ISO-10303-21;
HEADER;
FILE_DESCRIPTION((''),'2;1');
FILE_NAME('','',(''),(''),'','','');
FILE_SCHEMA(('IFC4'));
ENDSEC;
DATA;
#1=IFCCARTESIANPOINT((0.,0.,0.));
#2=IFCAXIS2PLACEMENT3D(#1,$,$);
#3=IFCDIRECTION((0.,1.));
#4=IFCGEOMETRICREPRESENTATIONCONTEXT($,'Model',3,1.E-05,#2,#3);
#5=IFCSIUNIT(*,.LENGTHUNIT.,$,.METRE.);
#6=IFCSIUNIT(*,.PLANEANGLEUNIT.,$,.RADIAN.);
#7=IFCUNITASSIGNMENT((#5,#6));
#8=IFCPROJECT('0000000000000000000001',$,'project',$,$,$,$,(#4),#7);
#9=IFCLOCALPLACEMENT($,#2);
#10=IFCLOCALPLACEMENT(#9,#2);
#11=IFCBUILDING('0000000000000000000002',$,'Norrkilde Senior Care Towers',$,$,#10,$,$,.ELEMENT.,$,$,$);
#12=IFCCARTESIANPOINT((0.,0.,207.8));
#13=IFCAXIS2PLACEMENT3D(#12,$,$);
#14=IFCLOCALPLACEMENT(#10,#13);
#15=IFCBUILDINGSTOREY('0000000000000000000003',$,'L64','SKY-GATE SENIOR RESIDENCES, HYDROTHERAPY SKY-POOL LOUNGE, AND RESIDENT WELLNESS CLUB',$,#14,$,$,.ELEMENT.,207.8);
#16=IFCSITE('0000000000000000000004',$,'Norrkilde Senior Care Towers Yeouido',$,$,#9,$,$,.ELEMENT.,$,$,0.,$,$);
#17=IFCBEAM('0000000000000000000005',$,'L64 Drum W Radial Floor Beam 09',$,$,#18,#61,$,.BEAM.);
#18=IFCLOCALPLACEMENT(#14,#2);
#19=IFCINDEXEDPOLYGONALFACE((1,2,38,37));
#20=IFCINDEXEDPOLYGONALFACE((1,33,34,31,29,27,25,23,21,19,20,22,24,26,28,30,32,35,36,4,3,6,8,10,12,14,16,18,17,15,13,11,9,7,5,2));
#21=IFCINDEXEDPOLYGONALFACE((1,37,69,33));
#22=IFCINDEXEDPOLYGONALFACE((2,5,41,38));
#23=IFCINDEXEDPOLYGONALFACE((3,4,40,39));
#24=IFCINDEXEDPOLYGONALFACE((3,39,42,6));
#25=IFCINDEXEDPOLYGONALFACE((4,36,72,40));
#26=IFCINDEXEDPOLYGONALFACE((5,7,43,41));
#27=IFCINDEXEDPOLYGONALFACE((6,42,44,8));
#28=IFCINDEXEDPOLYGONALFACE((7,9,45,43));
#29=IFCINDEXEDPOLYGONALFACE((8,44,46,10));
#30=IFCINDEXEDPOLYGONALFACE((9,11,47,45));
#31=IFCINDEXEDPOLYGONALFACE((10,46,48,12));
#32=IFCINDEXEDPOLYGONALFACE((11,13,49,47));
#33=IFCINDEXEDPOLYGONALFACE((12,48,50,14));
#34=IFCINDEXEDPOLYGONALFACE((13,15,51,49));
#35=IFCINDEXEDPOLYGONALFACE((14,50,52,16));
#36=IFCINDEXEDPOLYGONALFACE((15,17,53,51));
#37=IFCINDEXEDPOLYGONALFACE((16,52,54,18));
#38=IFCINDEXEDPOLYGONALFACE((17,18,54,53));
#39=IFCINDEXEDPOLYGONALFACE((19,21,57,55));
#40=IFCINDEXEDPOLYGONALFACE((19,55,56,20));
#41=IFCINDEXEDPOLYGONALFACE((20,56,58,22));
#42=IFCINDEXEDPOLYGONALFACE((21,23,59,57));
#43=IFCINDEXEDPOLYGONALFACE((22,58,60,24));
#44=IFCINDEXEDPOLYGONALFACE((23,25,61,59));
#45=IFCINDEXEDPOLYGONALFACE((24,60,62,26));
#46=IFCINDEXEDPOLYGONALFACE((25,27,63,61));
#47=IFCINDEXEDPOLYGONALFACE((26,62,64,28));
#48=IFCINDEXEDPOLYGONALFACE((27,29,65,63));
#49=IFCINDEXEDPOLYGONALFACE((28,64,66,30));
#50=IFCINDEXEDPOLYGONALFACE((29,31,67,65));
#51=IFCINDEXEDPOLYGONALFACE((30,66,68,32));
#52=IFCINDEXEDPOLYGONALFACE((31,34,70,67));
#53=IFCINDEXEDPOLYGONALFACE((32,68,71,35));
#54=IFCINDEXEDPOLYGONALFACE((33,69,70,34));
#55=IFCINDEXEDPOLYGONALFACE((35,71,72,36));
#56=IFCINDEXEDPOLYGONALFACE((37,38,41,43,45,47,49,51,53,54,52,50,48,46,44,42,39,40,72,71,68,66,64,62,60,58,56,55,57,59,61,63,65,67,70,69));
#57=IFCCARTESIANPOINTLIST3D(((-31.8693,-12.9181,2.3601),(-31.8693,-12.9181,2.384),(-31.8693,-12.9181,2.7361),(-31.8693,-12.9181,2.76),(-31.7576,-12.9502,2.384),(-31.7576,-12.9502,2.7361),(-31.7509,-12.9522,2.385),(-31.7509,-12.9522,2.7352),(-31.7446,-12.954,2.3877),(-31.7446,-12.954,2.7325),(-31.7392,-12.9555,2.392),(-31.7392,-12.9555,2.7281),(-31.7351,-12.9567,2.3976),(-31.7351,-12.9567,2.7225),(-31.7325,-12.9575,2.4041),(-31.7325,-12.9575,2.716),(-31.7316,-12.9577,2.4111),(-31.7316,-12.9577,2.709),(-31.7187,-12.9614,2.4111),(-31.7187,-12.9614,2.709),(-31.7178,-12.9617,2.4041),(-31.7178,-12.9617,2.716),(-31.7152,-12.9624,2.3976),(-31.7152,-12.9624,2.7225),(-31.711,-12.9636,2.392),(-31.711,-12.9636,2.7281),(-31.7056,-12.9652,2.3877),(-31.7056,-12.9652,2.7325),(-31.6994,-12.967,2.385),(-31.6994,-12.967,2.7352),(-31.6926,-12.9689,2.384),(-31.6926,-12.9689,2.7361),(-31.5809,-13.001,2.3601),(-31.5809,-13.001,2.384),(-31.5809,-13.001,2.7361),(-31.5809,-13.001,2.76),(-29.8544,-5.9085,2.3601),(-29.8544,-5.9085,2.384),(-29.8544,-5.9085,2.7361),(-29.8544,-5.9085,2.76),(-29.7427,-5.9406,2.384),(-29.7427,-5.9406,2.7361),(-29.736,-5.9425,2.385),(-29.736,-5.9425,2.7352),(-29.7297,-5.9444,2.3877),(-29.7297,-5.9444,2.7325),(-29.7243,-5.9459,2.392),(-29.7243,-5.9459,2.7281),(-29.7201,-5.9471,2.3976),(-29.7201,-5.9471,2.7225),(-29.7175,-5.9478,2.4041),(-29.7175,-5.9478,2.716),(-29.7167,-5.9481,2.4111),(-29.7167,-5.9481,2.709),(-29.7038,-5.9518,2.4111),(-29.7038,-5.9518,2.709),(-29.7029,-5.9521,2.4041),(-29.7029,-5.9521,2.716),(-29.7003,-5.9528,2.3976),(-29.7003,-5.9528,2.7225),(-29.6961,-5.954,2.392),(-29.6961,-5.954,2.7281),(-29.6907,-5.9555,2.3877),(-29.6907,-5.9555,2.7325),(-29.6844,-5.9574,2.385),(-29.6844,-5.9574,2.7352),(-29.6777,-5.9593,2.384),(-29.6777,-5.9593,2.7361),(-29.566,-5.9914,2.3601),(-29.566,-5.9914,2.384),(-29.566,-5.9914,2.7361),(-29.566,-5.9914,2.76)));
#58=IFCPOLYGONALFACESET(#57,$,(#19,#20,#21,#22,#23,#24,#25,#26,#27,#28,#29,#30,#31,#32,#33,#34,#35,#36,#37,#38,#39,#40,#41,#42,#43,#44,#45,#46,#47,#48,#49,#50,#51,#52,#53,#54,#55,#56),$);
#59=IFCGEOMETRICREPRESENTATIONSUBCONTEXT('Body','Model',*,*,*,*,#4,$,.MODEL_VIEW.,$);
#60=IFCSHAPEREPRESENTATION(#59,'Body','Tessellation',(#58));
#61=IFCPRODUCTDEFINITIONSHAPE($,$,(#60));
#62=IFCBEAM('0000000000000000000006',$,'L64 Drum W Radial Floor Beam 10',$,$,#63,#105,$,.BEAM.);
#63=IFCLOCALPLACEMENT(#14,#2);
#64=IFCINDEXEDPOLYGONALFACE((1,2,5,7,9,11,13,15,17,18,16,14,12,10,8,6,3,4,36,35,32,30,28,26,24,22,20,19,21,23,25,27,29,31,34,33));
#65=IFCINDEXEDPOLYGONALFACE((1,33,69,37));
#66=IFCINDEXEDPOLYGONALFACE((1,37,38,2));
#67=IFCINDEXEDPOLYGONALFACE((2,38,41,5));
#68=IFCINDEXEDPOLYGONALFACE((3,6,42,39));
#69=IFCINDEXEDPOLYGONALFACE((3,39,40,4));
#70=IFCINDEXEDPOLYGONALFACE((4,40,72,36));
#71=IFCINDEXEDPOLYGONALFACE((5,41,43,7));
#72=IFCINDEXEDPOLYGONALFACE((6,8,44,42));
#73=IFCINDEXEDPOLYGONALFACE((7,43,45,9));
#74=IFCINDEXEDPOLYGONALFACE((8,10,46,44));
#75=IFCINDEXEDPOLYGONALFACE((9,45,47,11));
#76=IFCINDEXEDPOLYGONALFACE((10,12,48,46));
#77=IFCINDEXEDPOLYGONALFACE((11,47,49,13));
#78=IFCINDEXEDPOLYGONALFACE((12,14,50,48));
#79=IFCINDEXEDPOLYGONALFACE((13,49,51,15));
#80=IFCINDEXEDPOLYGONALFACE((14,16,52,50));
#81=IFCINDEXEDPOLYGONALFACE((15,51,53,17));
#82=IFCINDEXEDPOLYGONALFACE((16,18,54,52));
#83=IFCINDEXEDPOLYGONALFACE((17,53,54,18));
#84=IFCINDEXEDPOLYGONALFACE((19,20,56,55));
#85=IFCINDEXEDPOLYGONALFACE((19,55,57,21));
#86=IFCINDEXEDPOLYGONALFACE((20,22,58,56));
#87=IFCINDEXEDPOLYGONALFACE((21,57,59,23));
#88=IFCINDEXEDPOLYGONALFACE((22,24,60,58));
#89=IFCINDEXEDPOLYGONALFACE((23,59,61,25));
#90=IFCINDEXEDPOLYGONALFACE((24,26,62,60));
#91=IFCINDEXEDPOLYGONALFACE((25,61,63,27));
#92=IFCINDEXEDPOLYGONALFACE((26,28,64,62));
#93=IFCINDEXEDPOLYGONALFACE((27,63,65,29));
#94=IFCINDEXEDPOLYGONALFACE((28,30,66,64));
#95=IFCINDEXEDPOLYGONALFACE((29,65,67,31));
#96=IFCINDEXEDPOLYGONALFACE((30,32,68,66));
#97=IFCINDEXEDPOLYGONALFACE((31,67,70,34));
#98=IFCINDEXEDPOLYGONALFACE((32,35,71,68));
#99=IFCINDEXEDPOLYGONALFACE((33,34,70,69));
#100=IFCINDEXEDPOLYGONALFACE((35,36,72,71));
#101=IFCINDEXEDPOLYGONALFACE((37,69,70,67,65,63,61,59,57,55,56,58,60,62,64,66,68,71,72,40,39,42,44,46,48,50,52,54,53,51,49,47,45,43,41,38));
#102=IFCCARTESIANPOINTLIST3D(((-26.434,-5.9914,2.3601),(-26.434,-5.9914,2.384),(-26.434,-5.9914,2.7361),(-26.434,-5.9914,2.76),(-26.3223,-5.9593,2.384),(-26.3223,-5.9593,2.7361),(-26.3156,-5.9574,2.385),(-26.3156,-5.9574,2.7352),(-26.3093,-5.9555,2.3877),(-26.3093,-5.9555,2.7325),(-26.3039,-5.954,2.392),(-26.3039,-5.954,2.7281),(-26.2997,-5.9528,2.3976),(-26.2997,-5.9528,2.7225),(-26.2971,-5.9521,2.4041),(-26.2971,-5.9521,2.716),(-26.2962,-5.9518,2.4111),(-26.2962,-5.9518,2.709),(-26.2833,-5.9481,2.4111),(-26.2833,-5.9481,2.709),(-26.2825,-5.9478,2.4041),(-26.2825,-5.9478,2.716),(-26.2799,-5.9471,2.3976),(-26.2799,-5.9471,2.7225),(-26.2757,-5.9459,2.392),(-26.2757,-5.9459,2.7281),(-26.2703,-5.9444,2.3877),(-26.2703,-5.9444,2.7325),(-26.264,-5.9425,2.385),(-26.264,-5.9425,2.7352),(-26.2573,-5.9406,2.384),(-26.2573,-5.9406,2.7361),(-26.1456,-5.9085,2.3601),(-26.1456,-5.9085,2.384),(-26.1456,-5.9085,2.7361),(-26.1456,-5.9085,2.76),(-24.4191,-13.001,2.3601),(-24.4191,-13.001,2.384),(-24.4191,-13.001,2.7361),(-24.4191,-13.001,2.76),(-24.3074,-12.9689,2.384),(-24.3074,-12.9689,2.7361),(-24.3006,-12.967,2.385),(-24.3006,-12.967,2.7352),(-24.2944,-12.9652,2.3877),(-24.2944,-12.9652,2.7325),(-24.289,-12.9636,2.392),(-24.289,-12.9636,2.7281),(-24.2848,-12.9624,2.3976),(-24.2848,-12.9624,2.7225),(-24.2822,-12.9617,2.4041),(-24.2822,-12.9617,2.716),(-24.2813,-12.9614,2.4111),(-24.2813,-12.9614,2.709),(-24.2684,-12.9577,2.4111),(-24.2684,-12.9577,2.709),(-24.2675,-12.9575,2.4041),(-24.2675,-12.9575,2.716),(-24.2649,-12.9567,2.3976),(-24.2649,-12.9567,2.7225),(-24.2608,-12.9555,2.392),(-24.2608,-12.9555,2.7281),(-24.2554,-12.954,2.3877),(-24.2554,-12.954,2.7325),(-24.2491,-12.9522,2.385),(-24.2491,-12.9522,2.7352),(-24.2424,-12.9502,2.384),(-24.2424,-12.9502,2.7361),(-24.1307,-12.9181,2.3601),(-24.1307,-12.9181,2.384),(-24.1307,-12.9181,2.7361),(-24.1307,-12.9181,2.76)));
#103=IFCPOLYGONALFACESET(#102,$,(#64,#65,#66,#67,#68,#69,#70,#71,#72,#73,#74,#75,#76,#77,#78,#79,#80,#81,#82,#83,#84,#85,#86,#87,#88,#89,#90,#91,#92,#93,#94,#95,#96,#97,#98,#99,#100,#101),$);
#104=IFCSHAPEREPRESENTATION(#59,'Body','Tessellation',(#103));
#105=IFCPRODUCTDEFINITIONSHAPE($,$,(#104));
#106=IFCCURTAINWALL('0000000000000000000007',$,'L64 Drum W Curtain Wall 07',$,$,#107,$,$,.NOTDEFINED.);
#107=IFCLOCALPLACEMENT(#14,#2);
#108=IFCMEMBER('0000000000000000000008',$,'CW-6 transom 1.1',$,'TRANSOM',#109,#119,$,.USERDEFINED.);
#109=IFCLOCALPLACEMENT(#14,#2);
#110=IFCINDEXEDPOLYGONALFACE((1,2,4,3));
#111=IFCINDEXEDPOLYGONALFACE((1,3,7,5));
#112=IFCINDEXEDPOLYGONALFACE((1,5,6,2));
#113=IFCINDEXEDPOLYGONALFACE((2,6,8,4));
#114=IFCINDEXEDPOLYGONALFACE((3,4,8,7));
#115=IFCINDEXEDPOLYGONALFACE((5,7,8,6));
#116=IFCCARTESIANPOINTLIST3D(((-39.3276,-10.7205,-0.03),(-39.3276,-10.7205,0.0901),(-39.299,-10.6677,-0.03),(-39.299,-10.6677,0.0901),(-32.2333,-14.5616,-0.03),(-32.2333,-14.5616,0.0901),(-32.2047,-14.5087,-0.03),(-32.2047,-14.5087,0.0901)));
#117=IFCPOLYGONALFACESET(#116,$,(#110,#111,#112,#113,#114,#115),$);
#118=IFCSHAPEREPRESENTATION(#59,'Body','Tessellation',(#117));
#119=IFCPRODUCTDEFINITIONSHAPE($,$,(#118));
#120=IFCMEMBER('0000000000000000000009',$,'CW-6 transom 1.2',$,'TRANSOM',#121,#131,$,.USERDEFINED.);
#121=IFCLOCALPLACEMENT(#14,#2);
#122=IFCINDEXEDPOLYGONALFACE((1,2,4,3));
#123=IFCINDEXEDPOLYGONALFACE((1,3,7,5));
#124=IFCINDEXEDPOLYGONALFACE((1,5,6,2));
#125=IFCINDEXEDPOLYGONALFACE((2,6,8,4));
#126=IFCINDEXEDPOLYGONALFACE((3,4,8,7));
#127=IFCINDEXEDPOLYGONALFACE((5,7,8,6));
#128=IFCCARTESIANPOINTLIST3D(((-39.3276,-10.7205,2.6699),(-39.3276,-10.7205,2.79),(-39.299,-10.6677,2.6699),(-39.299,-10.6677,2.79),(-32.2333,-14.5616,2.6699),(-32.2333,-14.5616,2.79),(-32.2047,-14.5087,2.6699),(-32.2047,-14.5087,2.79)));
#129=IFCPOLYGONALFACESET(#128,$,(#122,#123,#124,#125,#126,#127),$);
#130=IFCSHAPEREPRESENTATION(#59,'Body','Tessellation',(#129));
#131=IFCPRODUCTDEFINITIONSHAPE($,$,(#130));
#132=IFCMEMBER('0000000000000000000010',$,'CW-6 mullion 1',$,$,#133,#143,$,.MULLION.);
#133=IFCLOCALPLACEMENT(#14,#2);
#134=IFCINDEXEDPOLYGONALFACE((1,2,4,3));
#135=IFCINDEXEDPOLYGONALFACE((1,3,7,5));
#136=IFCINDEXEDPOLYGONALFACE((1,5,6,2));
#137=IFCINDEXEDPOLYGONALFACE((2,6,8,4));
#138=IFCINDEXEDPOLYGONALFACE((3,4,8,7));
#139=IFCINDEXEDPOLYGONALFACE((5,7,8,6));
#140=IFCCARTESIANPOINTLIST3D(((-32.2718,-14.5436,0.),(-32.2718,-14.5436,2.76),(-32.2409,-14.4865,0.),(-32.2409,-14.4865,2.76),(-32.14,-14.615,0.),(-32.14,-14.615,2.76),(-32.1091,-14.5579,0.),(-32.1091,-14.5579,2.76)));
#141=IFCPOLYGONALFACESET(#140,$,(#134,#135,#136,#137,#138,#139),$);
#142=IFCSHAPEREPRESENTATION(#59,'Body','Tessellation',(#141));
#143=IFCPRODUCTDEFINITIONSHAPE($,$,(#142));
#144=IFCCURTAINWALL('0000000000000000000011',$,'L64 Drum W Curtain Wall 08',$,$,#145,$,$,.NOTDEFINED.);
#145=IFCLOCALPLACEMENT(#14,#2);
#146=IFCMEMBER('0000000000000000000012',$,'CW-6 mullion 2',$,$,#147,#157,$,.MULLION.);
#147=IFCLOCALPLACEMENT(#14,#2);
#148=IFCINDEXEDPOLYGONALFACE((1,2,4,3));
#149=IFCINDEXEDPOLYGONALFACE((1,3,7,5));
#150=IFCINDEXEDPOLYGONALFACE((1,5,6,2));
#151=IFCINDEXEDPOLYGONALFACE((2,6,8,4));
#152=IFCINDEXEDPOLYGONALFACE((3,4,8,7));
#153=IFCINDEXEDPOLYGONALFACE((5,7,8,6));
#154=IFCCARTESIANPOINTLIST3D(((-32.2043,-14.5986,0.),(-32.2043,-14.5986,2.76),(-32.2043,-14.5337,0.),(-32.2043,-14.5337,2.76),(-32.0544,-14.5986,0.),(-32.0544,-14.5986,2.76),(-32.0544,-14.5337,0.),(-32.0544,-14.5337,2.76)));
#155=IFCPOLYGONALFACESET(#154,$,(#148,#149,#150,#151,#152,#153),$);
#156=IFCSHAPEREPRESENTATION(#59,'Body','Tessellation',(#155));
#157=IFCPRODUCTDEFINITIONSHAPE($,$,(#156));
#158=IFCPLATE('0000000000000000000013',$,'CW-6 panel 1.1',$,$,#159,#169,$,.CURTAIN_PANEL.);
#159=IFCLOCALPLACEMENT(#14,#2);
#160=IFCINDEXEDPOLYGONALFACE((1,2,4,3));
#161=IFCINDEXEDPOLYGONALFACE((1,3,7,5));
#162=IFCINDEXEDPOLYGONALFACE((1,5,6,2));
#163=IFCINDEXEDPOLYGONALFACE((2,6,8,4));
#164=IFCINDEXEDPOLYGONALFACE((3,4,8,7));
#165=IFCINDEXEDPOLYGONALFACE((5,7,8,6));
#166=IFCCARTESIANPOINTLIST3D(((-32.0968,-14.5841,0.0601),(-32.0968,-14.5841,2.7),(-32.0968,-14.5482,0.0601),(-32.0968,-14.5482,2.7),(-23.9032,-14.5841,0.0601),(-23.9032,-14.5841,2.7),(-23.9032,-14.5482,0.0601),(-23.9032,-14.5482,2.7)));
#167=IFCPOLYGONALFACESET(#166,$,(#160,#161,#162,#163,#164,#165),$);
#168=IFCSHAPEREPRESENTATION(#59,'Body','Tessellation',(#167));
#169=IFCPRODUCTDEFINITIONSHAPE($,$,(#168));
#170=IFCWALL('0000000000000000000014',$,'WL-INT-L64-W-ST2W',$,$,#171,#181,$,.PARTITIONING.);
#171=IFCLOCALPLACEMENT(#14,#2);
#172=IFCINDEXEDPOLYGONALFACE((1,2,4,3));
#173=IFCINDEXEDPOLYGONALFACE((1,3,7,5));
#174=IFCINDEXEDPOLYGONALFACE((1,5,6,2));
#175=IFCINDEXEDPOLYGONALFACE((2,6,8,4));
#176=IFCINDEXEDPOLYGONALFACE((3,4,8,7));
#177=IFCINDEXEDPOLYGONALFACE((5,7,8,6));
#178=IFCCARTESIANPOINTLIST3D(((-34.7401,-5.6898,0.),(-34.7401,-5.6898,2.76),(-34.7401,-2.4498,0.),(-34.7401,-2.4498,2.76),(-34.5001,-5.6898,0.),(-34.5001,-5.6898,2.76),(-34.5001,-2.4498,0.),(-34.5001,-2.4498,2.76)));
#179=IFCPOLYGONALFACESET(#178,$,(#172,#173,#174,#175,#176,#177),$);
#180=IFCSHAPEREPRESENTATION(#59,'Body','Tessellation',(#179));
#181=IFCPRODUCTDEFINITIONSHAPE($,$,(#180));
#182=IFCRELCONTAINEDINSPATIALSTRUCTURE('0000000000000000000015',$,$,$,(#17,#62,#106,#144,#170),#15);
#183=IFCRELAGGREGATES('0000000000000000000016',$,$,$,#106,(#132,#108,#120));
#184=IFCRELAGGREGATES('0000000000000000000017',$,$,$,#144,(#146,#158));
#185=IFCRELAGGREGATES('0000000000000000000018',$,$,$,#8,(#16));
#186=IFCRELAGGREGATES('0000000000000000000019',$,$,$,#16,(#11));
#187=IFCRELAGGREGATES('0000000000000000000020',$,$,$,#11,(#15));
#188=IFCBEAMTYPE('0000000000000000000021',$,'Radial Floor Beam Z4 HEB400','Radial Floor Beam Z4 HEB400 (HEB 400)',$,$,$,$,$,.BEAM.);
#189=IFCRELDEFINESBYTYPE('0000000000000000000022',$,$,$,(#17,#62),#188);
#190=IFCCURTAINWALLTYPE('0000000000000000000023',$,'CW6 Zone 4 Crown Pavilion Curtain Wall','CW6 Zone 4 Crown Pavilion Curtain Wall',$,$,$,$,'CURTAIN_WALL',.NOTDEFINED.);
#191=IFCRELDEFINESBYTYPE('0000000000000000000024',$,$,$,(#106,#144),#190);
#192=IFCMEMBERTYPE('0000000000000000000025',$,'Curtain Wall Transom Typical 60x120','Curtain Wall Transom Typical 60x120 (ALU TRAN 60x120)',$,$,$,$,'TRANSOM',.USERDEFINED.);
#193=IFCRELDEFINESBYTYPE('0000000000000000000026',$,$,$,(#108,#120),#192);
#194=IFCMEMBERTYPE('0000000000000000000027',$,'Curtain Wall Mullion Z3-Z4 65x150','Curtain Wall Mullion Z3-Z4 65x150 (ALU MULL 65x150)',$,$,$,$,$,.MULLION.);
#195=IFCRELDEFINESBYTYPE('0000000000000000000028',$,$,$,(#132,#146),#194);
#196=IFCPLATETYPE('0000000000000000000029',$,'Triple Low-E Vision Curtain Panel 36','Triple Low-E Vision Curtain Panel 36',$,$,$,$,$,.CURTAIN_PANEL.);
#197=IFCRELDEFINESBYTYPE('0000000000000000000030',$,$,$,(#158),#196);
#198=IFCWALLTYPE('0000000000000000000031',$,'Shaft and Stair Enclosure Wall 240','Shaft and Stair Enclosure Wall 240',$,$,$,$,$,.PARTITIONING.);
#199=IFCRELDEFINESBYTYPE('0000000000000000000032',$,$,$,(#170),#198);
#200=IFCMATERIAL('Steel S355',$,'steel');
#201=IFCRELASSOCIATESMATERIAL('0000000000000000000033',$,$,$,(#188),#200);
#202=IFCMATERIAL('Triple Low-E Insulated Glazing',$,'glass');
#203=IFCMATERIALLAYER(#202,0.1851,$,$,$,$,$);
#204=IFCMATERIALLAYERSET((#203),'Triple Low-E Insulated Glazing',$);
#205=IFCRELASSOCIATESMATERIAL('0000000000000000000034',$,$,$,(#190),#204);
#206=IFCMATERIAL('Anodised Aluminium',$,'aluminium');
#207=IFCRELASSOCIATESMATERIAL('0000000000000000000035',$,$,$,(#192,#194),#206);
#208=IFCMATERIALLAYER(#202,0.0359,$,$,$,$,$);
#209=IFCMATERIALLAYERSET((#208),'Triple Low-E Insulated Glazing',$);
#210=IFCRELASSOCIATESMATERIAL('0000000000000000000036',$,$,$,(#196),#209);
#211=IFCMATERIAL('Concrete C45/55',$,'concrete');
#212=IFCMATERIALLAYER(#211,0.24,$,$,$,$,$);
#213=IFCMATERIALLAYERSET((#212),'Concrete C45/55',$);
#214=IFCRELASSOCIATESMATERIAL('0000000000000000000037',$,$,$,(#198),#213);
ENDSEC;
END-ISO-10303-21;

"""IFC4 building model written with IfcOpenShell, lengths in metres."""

from ifc_helpers import new_model, si_unit, direction, frame, frame_2d, origin, origin_2d, place, context, subcontext, project, spatial, rectangle, i_section, extrude, source, transform, mapped, material, layer, layer_set, material_profile, profile_set, type_object, type_shapes, element, aggregate, save


model = new_model("IFC4")

# Units and contexts
model_context = context("Model", 3, precision=1e-05, world=origin(), true_north=direction((0.0, 1.0)))
body_context = subcontext(model_context, "Body", "Model", "MODEL_VIEW")
ifc_project = project(units=[si_unit("LENGTHUNIT", "METRE"), si_unit("PLANEANGLEUNIT", "RADIAN")], contexts=[model_context])

# Site, building, storey
site_placement = place(None, origin())
site = spatial("IfcSite", under=ifc_project, at=site_placement, Name="Norrkilde Senior Care Towers Yeouido", CompositionType="ELEMENT", RefElevation=0.0)
building_placement = place(site_placement, origin())
building = spatial("IfcBuilding", under=site, at=building_placement, Name="Norrkilde Senior Care Towers", CompositionType="ELEMENT")
storey_placement = place(building_placement, frame((0.0, 0.0, 207.8)))
storey = spatial("IfcBuildingStorey", under=building, at=storey_placement, Name="L64", Description="SKY-GATE SENIOR RESIDENCES, HYDROTHERAPY SKY-POOL LOUNGE, AND RESIDENT WELLNESS CLUB", CompositionType="ELEMENT", Elevation=207.8)

# Beams
ifc_material_1 = material(Name="Steel S355", Category="steel")
ifc_material_profile_1 = material_profile(ifc_material_1, i_section(OverallWidth=0.3, OverallDepth=0.3999, WebThickness=0.0134, FlangeThickness=0.0239, FilletRadius=0.0271, at=origin_2d()), Name="HEB 400")
ifc_profile_set_1 = profile_set([ifc_material_profile_1], Name="Steel S355")
beam_type_1 = type_object("IfcBeamType", Name="Radial Floor Beam Z4 HEB400", Description="Radial Floor Beam Z4 HEB400 (HEB 400)", PredefinedType="BEAM", material=ifc_profile_set_1)
shared_shape_1 = source(origin(), body_context, "Body", "SweptSolid", [
    extrude(i_section(OverallWidth=0.3, OverallDepth=0.3999, WebThickness=0.0134, FlangeThickness=0.0239, FilletRadius=0.0271, at=origin_2d()), origin(), (0.0, 0.0, 1.0), 7.2935),
])
for number, where, z_axis, x_axis, name in (
    (1, (-29.7102, -5.95, 2.5601), (-0.276264, -0.961082, 0.0), (0.961082, -0.276264, 0.0), "L64 Drum W Radial Floor Beam 09"),
    (2, (-26.2898, -5.95, 2.5601), (0.276264, -0.961082, 0.0), (0.961082, 0.276264, 0.0), "L64 Drum W Radial Floor Beam 10"),
):
    element("IfcBeam", number, at=place(storey_placement, frame(where, z_axis=z_axis, x_axis=x_axis)), inside=storey, type_object=beam_type_1, Name=name, PredefinedType="BEAM", context=body_context, shape_type="MappedRepresentation", body=[
        mapped(shared_shape_1, transform((0.0, 0.0, 0.0), x_axis=(1.0, 0.0, 0.0), y_axis=(0.0, 1.0, 0.0), z_axis=(0.0, 0.0, 1.0), scale=1.0)),
    ])

# Curtain wall, members
ifc_material_2 = material(Name="Triple Low-E Insulated Glazing", Category="glass")
ifc_layer_1 = layer(ifc_material_2, 0.1851)
ifc_layer_set_1 = layer_set([ifc_layer_1], Name="Triple Low-E Insulated Glazing")
curtain_wall_type = type_object("IfcCurtainWallType", Name="CW6 Zone 4 Crown Pavilion Curtain Wall", Description="CW6 Zone 4 Crown Pavilion Curtain Wall", ElementType="CURTAIN_WALL", PredefinedType="NOTDEFINED", material=ifc_layer_set_1)
curtain_wall_1_placement = place(storey_placement, origin())
curtain_wall_1 = element("IfcCurtainWall", 3, at=curtain_wall_1_placement, inside=storey, type_object=curtain_wall_type, Name="L64 Drum W Curtain Wall 07", PredefinedType="NOTDEFINED")
ifc_material_3 = material(Name="Anodised Aluminium", Category="aluminium")
ifc_material_profile_2 = material_profile(ifc_material_3, rectangle(XDim=0.0601, YDim=0.1201, at=origin_2d()), Name="ALU TRAN 60x120")
ifc_profile_set_2 = profile_set([ifc_material_profile_2], Name="Anodised Aluminium")
member_type_1 = type_object("IfcMemberType", Name="Curtain Wall Transom Typical 60x120", Description="Curtain Wall Transom Typical 60x120 (ALU TRAN 60x120)", ElementType="TRANSOM", PredefinedType="USERDEFINED", material=ifc_profile_set_2)
shared_shape_2 = source(origin(), body_context, "Body", "SweptSolid", [
    extrude(rectangle(XDim=0.0601, YDim=0.1201, at=origin_2d()), origin(), (0.0, 0.0, 1.0), 8.0674),
])
type_shapes(member_type_1, [shared_shape_2])
member_1_placement = place(storey_placement, frame((-32.219, -14.5352, 0.03), z_axis=(-0.879378, 0.476125, 0.0), x_axis=(-0.476125, -0.879378, 0.0)))
member_1 = element("IfcMember", 4, at=member_1_placement, type_object=member_type_1, Name="CW-6 transom 1.1", ObjectType="TRANSOM", PredefinedType="USERDEFINED", context=body_context, shape_type="MappedRepresentation", body=[
    mapped(shared_shape_2, transform((0.0, 0.0, 0.0), x_axis=(1.0, 0.0, 0.0), y_axis=(0.0, 1.0, 0.0), z_axis=(0.0, 0.0, 1.0), scale=1.0)),
])
member_2_placement = place(storey_placement, frame((-32.219, -14.5352, 2.73), z_axis=(-0.879378, 0.476125, 0.0), x_axis=(-0.476125, -0.879378, 0.0)))
member_2 = element("IfcMember", 5, at=member_2_placement, type_object=member_type_1, Name="CW-6 transom 1.2", ObjectType="TRANSOM", PredefinedType="USERDEFINED", context=body_context, shape_type="MappedRepresentation", body=[
    mapped(shared_shape_2, transform((0.0, 0.0, 0.0), x_axis=(1.0, 0.0, 0.0), y_axis=(0.0, 1.0, 0.0), z_axis=(0.0, 0.0, 1.0), scale=1.0)),
])
ifc_material_profile_3 = material_profile(ifc_material_3, rectangle(XDim=0.0649, YDim=0.1499, at=origin_2d()), Name="ALU MULL 65x150")
ifc_profile_set_3 = profile_set([ifc_material_profile_3], Name="Anodised Aluminium")
member_type_2 = type_object("IfcMemberType", Name="Curtain Wall Mullion Z3-Z4 65x150", Description="Curtain Wall Mullion Z3-Z4 65x150 (ALU MULL 65x150)", PredefinedType="MULLION", material=ifc_profile_set_3)
shared_shape_3 = source(origin(), body_context, "Body", "SweptSolid", [
    extrude(rectangle(XDim=0.0649, YDim=0.1499, at=origin_2d()), origin(), (0.0, 0.0, 1.0), 2.76),
])
type_shapes(member_type_2, [shared_shape_3])
member_3_placement = place(storey_placement, frame((-32.1904, -14.5508, 0.0), z_axis=(0.0, 0.0, 1.0), x_axis=(-0.476133, -0.879373, 0.0)))
member_3 = element("IfcMember", 6, at=member_3_placement, type_object=member_type_2, Name="CW-6 mullion 1", PredefinedType="MULLION", context=body_context, shape_type="MappedRepresentation", body=[
    mapped(shared_shape_3, transform((0.0, 0.0, 0.0), x_axis=(1.0, 0.0, 0.0), y_axis=(0.0, 1.0, 0.0), z_axis=(0.0, 0.0, 1.0), scale=1.0)),
])
aggregate(curtain_wall_1, [member_3, member_1, member_2])

# Curtain wall, member, plate
curtain_wall_2_placement = place(storey_placement, origin())
curtain_wall_2 = element("IfcCurtainWall", 7, at=curtain_wall_2_placement, inside=storey, type_object=curtain_wall_type, Name="L64 Drum W Curtain Wall 08", PredefinedType="NOTDEFINED")
member_4_placement = place(storey_placement, frame((-32.1294, -14.5662, 0.0), z_axis=(0.0, 0.0, 1.0), x_axis=(0.0, -1.0, 0.0)))
member_4 = element("IfcMember", 8, at=member_4_placement, type_object=member_type_2, Name="CW-6 mullion 2", PredefinedType="MULLION", context=body_context, shape_type="MappedRepresentation", body=[
    mapped(shared_shape_3, transform((0.0, 0.0, 0.0), x_axis=(1.0, 0.0, 0.0), y_axis=(0.0, 1.0, 0.0), z_axis=(0.0, 0.0, 1.0), scale=1.0)),
])
ifc_layer_2 = layer(ifc_material_2, 0.0359)
ifc_layer_set_2 = layer_set([ifc_layer_2], Name="Triple Low-E Insulated Glazing")
plate_type = type_object("IfcPlateType", Name="Triple Low-E Vision Curtain Panel 36", Description="Triple Low-E Vision Curtain Panel 36", PredefinedType="CURTAIN_PANEL", material=ifc_layer_set_2)
shared_shape_4 = source(origin(), body_context, "Body", "SweptSolid", [
    extrude(rectangle(XDim=8.1936, YDim=0.0359, at=origin_2d()), origin(), (0.0, 0.0, 1.0), 2.6399),
])
type_shapes(plate_type, [shared_shape_4])
plate_placement = place(storey_placement, frame((-28.0, -14.5662, 0.0601), z_axis=(0.0, 0.0, 1.0), x_axis=(-1.0, 0.0, 0.0)))
plate = element("IfcPlate", 9, at=plate_placement, type_object=plate_type, Name="CW-6 panel 1.1", PredefinedType="CURTAIN_PANEL", context=body_context, shape_type="MappedRepresentation", body=[
    mapped(shared_shape_4, transform((0.0, 0.0, 0.0), x_axis=(1.0, 0.0, 0.0), y_axis=(0.0, 1.0, 0.0), z_axis=(0.0, 0.0, 1.0), scale=1.0)),
])
aggregate(curtain_wall_2, [member_4, plate])

# Wall
ifc_material_4 = material(Name="Concrete C45/55", Category="concrete")
ifc_layer_3 = layer(ifc_material_4, 0.24)
ifc_layer_set_3 = layer_set([ifc_layer_3], Name="Concrete C45/55")
wall_type_1 = type_object("IfcWallType", Name="Shaft and Stair Enclosure Wall 240", Description="Shaft and Stair Enclosure Wall 240", PredefinedType="PARTITIONING", material=ifc_layer_set_3)
shared_shape_5 = source(origin(), body_context, "Body", "SweptSolid", [
    extrude(rectangle(XDim=3.24, YDim=0.24, at=frame_2d((1.6201, 0.0))), origin(), (0.0, 0.0, 1.0), 2.76),
])
type_shapes(wall_type_1, [shared_shape_5])
for number, where, z_axis, x_axis, name in (
    (10, (-34.6201, -5.6899, 0.0), (0.0, 0.0, 1.0), (0.0, 1.0, 0.0), "WL-INT-L64-W-ST2W"),
):
    element("IfcWall", number, at=place(storey_placement, frame(where, z_axis=z_axis, x_axis=x_axis)), inside=storey, type_object=wall_type_1, Name=name, PredefinedType="PARTITIONING", context=body_context, shape_type="MappedRepresentation", body=[
        mapped(shared_shape_5, transform((0.0, 0.0, 0.0), x_axis=(1.0, 0.0, 0.0), y_axis=(0.0, 1.0, 0.0), z_axis=(0.0, 0.0, 1.0), scale=1.0)),
    ])

save(model, "model.ifc")
